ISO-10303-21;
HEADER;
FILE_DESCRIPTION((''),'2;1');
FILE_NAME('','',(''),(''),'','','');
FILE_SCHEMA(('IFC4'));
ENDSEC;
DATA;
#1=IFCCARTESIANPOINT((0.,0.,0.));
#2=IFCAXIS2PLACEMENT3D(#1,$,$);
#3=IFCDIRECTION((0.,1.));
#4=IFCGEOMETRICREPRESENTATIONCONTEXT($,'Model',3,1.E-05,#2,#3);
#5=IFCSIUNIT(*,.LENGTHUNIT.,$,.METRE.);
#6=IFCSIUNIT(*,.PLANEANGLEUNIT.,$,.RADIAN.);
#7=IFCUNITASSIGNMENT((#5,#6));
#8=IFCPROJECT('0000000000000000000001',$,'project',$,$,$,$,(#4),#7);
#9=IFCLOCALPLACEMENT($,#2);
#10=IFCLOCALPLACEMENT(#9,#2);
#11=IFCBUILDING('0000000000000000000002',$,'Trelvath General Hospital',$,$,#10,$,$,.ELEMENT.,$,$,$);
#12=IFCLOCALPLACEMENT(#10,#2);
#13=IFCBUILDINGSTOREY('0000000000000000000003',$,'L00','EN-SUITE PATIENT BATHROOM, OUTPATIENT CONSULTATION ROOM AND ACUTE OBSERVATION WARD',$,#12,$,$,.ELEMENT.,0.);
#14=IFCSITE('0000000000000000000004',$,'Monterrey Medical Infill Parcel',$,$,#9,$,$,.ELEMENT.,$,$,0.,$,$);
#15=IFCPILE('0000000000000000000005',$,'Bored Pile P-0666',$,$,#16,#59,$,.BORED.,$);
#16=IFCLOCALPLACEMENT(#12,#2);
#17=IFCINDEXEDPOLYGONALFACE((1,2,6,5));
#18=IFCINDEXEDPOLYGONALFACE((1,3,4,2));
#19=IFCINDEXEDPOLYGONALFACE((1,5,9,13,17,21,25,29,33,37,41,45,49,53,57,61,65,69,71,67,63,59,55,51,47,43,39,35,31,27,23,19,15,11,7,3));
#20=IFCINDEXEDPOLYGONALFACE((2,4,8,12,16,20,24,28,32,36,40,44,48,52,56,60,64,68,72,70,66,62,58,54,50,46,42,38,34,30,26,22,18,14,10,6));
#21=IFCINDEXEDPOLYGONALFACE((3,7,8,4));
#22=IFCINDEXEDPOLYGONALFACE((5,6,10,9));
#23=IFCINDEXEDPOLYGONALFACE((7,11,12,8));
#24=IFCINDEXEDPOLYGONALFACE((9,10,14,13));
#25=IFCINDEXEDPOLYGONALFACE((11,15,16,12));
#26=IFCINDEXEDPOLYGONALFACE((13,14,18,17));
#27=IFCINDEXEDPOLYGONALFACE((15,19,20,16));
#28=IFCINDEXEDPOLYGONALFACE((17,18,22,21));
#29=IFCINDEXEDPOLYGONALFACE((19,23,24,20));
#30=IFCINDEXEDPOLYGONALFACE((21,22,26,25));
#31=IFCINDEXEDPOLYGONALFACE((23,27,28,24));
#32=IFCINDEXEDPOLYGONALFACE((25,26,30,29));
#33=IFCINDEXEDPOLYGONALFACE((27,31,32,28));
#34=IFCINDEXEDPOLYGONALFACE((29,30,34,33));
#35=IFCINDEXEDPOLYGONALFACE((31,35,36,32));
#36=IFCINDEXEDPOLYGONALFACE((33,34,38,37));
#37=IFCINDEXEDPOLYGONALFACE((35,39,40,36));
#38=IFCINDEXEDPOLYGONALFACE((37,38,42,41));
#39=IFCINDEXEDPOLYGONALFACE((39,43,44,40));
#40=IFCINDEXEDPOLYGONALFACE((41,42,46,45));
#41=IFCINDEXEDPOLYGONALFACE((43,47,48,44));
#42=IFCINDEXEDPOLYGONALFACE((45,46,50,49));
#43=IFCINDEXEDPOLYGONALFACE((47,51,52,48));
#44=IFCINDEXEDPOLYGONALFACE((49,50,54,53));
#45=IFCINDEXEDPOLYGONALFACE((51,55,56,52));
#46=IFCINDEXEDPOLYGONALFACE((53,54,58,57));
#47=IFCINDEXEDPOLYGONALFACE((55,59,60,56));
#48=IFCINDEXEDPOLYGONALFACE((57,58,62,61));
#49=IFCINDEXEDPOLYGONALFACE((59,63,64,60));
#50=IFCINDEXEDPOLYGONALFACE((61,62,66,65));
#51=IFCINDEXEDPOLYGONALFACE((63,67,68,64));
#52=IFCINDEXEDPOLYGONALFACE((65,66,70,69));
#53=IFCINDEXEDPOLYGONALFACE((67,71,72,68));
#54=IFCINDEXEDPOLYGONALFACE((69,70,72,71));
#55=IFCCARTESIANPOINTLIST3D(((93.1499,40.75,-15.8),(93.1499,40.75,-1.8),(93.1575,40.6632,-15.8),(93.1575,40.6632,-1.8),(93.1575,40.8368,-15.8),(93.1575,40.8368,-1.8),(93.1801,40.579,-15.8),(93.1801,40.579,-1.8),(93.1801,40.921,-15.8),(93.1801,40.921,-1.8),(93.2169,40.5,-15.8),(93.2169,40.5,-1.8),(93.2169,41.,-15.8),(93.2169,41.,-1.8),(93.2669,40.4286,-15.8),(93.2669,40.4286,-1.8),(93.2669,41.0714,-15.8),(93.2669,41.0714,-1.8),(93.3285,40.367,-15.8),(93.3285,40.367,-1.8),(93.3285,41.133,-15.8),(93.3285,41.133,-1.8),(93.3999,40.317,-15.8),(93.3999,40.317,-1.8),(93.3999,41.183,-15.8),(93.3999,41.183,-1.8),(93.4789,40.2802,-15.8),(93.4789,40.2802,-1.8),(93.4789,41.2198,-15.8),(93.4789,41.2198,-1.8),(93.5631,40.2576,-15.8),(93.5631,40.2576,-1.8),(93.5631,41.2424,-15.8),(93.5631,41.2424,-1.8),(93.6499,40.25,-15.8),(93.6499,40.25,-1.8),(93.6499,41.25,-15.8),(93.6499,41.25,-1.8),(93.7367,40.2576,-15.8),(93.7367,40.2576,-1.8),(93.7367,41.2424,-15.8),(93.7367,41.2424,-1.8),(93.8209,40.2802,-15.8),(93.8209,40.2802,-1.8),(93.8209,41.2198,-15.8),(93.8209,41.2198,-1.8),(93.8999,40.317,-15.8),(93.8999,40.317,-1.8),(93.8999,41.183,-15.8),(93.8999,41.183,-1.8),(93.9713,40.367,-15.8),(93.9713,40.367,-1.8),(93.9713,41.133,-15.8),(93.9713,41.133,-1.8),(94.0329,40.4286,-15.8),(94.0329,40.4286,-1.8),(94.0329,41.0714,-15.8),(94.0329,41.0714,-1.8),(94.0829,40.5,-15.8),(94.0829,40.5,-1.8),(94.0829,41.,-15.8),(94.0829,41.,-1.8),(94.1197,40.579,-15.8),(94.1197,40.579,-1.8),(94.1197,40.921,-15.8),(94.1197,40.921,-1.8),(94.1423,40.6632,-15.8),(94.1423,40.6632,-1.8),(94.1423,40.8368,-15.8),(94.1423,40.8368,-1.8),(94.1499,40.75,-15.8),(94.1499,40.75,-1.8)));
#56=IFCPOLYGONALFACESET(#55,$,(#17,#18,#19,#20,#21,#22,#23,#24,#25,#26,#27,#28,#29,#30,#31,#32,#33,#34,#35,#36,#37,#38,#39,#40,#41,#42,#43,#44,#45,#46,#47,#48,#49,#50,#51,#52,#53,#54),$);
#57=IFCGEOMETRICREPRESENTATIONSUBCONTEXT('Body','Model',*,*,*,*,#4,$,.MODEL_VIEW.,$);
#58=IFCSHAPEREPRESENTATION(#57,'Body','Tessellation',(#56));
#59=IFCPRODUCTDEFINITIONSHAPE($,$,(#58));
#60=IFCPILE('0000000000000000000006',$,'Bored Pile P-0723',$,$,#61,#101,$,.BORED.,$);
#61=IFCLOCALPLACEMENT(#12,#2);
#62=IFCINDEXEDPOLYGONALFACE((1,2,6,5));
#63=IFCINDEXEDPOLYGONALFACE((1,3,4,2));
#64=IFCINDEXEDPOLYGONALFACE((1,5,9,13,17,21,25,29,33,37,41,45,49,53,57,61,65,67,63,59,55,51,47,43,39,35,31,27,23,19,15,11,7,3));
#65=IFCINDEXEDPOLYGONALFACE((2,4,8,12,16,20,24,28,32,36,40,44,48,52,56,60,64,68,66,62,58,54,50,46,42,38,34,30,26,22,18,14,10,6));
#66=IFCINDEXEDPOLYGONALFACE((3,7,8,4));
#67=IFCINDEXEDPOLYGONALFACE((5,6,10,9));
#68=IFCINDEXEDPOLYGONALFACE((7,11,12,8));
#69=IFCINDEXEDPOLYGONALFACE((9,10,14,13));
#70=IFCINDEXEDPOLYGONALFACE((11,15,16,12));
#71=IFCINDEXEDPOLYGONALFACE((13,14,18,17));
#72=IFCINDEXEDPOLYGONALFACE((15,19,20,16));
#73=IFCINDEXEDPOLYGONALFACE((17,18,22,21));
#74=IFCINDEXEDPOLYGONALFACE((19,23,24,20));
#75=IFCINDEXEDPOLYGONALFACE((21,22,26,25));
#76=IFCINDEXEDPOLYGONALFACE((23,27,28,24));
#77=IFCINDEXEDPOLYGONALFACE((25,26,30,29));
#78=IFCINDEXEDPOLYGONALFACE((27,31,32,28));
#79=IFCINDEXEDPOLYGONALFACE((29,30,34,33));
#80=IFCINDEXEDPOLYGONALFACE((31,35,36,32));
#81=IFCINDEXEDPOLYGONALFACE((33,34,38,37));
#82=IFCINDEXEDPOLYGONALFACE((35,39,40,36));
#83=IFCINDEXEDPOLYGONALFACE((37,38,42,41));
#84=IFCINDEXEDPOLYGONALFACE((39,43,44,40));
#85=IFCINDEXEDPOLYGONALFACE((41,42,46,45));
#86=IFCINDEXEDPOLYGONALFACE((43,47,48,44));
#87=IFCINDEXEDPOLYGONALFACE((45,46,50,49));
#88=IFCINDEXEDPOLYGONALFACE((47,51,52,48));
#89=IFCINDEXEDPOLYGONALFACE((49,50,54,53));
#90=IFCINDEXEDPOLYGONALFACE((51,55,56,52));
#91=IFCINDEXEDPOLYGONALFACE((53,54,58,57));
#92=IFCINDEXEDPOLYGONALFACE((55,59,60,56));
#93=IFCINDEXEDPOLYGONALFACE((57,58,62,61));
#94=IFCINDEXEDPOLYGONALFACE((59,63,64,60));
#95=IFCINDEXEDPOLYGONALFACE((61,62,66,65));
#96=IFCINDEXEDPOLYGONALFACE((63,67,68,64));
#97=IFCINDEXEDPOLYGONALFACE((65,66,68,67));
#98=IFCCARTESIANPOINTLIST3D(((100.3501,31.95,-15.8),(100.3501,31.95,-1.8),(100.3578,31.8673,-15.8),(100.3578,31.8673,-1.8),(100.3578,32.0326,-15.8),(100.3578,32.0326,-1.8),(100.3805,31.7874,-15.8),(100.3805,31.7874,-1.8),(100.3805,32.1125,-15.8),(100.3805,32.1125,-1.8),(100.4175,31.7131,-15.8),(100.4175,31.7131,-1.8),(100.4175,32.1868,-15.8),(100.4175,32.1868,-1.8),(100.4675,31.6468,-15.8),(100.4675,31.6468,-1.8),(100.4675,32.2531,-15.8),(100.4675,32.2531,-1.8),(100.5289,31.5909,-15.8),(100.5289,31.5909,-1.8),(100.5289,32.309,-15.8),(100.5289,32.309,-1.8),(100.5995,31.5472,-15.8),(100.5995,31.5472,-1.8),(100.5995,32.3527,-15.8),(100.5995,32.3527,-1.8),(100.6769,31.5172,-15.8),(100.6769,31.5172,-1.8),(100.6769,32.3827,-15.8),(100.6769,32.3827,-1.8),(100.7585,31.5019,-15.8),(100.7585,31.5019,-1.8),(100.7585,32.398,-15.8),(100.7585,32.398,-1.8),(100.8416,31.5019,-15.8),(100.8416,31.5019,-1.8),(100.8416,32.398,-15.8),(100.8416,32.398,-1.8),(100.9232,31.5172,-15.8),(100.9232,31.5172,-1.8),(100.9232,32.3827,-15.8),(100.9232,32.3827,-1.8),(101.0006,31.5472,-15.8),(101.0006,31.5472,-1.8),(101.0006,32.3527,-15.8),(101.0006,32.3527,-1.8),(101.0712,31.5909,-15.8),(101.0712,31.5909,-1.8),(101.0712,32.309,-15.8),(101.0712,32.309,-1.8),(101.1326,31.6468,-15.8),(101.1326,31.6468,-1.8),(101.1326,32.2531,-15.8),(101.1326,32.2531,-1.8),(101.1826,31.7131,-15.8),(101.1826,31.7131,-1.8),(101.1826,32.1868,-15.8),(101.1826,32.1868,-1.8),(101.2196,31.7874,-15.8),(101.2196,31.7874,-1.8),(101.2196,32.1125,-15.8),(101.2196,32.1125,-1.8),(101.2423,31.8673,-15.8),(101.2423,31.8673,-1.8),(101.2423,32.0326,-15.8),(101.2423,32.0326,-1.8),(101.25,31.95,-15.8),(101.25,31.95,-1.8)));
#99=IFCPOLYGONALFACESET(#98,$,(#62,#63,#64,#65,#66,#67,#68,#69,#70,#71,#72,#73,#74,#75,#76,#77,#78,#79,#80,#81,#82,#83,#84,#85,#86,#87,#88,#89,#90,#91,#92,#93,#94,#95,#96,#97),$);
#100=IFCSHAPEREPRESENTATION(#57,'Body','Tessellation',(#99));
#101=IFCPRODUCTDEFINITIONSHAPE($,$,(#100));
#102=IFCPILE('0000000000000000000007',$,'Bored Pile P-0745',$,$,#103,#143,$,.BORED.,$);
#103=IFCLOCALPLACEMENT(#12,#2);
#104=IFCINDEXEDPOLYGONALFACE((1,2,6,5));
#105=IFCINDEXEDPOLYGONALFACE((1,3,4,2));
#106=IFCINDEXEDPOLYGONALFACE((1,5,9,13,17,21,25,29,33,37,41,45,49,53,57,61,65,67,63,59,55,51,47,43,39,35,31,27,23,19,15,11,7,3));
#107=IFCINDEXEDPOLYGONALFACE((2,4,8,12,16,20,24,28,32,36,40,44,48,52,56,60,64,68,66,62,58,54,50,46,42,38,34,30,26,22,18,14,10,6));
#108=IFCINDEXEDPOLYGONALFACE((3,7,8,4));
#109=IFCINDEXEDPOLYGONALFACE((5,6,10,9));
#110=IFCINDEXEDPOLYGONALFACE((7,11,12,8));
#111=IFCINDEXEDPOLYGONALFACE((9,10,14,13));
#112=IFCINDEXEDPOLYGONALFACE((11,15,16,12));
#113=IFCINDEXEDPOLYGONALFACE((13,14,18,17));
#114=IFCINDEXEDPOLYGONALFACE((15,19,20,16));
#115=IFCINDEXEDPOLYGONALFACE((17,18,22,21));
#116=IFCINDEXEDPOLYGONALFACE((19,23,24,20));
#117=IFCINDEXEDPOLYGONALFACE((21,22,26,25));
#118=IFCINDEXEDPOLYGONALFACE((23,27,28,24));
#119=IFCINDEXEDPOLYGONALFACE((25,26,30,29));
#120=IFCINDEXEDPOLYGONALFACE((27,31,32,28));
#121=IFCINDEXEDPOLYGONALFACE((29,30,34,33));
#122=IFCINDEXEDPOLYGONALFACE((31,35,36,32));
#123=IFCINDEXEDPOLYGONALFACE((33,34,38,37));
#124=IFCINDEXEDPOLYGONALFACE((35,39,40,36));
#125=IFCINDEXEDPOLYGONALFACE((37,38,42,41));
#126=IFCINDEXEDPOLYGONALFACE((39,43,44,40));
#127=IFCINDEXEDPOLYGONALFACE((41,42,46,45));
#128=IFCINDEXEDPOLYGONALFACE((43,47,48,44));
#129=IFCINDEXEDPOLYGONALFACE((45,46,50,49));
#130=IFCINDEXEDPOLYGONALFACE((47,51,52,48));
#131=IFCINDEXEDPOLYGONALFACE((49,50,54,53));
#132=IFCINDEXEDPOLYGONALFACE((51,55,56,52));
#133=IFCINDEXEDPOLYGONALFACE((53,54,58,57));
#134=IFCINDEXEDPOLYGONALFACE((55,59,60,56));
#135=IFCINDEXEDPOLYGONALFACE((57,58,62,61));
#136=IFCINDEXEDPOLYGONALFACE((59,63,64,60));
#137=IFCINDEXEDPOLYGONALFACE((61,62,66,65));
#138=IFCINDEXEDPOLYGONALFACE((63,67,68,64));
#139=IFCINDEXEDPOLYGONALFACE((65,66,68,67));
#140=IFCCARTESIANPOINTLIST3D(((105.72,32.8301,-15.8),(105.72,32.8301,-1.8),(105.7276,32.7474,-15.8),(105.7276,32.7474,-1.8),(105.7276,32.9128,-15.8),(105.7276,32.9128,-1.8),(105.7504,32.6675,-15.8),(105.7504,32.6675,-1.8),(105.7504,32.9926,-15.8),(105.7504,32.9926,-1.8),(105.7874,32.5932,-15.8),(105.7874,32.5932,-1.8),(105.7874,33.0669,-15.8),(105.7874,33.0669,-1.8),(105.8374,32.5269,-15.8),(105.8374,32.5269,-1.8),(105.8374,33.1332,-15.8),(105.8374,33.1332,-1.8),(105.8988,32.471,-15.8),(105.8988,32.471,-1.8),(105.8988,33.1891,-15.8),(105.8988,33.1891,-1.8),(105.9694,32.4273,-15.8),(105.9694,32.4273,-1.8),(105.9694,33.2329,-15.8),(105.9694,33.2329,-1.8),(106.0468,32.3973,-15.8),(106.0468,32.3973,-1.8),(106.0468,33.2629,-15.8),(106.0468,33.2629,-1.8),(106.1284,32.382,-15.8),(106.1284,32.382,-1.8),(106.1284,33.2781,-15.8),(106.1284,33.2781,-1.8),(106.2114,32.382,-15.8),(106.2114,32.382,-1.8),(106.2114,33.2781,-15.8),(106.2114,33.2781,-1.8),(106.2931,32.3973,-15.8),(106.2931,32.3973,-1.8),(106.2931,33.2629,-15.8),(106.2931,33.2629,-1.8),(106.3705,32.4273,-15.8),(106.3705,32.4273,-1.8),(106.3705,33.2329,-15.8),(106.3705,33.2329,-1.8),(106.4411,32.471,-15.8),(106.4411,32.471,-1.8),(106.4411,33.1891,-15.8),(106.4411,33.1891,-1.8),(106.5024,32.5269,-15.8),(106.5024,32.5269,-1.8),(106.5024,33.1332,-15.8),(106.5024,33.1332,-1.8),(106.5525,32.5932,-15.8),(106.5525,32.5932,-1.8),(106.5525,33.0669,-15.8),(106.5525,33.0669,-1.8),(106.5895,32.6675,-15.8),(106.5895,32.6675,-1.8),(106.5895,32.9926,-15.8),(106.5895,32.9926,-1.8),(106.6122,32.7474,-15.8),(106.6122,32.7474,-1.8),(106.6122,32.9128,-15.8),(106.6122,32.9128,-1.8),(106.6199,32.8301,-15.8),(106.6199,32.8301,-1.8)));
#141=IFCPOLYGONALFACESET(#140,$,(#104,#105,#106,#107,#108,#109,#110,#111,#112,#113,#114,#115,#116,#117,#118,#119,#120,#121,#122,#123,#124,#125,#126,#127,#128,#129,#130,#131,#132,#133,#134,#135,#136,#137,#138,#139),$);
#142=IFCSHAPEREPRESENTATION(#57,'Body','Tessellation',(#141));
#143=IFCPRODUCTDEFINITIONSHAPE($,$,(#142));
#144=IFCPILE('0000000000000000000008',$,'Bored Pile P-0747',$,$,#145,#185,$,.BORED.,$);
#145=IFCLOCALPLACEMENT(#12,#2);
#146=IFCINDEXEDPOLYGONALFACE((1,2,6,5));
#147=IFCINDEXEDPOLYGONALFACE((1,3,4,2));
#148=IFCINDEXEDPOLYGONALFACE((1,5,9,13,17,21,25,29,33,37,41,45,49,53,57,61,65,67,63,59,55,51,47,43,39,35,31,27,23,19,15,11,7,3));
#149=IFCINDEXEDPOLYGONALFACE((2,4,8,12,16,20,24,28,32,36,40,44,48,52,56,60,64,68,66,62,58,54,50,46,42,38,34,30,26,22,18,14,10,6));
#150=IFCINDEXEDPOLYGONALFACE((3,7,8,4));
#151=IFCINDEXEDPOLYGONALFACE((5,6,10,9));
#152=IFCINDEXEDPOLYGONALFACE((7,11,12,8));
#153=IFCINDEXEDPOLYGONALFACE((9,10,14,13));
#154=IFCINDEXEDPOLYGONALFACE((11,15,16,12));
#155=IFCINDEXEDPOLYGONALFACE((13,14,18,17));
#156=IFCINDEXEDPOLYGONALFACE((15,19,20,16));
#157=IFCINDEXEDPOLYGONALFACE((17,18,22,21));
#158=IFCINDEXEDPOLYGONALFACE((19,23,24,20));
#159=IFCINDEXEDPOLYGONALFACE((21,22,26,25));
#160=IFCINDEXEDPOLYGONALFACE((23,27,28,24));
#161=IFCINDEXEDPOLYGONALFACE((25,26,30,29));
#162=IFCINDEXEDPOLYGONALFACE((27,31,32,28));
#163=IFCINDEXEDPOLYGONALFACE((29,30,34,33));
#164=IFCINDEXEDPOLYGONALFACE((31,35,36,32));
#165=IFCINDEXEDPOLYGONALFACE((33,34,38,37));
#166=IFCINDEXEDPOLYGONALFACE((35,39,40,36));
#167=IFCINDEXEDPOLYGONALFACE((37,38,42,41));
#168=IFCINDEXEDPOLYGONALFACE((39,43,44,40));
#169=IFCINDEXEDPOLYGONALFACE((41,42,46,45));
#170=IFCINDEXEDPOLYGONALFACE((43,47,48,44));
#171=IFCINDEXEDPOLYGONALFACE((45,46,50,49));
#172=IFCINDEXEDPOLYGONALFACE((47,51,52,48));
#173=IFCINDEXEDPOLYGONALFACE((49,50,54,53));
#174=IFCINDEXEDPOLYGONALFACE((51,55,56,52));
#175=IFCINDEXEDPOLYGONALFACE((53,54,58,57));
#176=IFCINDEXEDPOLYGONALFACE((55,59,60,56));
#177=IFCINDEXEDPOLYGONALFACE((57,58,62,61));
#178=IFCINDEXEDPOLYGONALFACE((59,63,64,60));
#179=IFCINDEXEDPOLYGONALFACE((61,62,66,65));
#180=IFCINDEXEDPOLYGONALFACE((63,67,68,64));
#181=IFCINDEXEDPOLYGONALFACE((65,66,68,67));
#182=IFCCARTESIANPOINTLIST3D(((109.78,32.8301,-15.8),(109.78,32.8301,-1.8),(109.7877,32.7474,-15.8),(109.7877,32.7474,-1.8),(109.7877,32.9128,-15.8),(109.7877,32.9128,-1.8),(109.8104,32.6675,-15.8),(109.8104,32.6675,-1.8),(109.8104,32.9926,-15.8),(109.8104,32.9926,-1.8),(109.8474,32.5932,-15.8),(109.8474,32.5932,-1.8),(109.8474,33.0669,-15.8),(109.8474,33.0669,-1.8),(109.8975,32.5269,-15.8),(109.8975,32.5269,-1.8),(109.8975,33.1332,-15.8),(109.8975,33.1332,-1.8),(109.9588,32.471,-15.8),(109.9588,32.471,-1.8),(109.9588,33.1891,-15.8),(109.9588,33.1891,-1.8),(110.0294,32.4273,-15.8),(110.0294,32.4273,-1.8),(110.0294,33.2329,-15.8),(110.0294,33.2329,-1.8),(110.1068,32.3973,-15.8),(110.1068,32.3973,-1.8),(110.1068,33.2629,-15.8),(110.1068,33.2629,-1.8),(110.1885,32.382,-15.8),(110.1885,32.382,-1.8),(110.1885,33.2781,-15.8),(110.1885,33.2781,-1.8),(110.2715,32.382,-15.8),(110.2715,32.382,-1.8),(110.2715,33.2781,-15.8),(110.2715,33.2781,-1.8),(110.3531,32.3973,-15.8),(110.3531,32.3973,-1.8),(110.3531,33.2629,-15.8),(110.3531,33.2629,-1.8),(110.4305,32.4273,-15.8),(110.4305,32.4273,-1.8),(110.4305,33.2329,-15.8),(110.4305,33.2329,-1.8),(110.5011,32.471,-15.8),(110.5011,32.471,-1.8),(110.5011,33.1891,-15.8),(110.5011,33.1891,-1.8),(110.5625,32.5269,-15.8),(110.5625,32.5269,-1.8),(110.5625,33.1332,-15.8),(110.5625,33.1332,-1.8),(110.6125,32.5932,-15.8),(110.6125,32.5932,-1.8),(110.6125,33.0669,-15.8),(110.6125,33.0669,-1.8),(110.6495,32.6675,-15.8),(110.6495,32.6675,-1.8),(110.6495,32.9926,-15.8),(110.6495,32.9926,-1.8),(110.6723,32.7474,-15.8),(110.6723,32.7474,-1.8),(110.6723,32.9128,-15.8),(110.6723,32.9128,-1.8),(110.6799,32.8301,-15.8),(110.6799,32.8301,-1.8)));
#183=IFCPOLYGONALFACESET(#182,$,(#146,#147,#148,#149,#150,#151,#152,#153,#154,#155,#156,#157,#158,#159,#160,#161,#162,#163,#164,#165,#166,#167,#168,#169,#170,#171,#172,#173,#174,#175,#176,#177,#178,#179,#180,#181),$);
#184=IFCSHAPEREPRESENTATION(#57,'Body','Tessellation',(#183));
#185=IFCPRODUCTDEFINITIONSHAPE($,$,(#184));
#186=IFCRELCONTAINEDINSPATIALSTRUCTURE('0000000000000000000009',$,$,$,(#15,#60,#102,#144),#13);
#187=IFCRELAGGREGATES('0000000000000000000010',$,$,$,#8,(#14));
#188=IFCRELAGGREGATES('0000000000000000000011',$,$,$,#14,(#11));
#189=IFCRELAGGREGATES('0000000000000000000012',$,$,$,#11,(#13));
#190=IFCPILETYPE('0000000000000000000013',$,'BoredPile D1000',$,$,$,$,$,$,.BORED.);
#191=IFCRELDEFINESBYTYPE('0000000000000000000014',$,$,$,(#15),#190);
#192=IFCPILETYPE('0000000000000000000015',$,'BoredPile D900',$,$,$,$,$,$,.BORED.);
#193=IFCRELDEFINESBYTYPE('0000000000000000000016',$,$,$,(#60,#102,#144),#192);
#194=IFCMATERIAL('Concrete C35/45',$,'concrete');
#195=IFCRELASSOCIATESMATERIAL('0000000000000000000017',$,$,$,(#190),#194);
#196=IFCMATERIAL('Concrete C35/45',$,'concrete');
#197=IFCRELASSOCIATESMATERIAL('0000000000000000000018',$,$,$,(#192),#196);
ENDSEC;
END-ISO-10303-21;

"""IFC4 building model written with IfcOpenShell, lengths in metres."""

from ifc_helpers import new_model, si_unit, direction, frame, origin, origin_2d, place, context, subcontext, project, spatial, circle, extrude, material, material_profile, profile_set, type_object, element, save


model = new_model("IFC4")

# Units and contexts
model_context = context("Model", 3, precision=1e-05, world=origin(), true_north=direction((0.0, 1.0)))
body_context = subcontext(model_context, "Body", "Model", "MODEL_VIEW")
ifc_project = project(units=[si_unit("LENGTHUNIT", "METRE"), si_unit("PLANEANGLEUNIT", "RADIAN")], contexts=[model_context])

# Site, building, storey
site_placement = place(None, origin())
site = spatial("IfcSite", under=ifc_project, at=site_placement, Name="Monterrey Medical Infill Parcel", CompositionType="ELEMENT", RefElevation=0.0)
building_placement = place(site_placement, origin())
building = spatial("IfcBuilding", under=site, at=building_placement, Name="Trelvath General Hospital", CompositionType="ELEMENT")
storey_placement = place(building_placement, origin())
storey = spatial("IfcBuildingStorey", under=building, at=storey_placement, Name="L00", Description="EN-SUITE PATIENT BATHROOM, OUTPATIENT CONSULTATION ROOM AND ACUTE OBSERVATION WARD", CompositionType="ELEMENT", Elevation=0.0)

# Piles
ifc_material_1 = material(Name="Concrete C35/45", Category="concrete")
ifc_material_profile_1 = material_profile(ifc_material_1, circle(Radius=0.5, at=origin_2d()), Name="PILE1000")
ifc_profile_set_1 = profile_set([ifc_material_profile_1], Name="Concrete C35/45")
pile_type_1 = type_object("IfcPileType", Name="BoredPile D1000", PredefinedType="BORED", material=ifc_profile_set_1)
pile_placement = place(storey_placement, frame((93.6499, 40.75, -1.8), z_axis=(0.0, 0.0, -1.0), x_axis=(1.0, 0.0, 0.0)))
element("IfcPile", 1, at=pile_placement, inside=storey, type_object=pile_type_1, Name="Bored Pile P-0666", PredefinedType="BORED", context=body_context, shape_type="SweptSolid", body=[
    extrude(circle(Radius=0.5, at=origin_2d()), origin(), (0.0, 0.0, 1.0), 14.0),
])
ifc_material_2 = material(Name="Concrete C35/45", Category="concrete")
ifc_material_profile_2 = material_profile(ifc_material_2, circle(Radius=0.45, at=origin_2d()), Name="PILE900")
ifc_profile_set_2 = profile_set([ifc_material_profile_2], Name="Concrete C35/45")
pile_type_2 = type_object("IfcPileType", Name="BoredPile D900", PredefinedType="BORED", material=ifc_profile_set_2)
for number, where, z_axis, x_axis, name in (
    (2, (100.8, 31.95, -1.8), (0.0, 0.0, -1.0), (1.0, 0.0, 0.0), "Bored Pile P-0723"),
    (3, (106.1699, 32.8301, -1.8), (0.0, 0.0, -1.0), (1.0, 0.0, 0.0), "Bored Pile P-0745"),
    (4, (110.23, 32.8301, -1.8), (0.0, 0.0, -1.0), (1.0, 0.0, 0.0), "Bored Pile P-0747"),
):
    element("IfcPile", number, at=place(storey_placement, frame(where, z_axis=z_axis, x_axis=x_axis)), inside=storey, type_object=pile_type_2, Name=name, PredefinedType="BORED", context=body_context, shape_type="SweptSolid", body=[
        extrude(circle(Radius=0.45, at=origin_2d()), origin(), (0.0, 0.0, 1.0), 14.0),
    ])

save(model, "model.ifc")
